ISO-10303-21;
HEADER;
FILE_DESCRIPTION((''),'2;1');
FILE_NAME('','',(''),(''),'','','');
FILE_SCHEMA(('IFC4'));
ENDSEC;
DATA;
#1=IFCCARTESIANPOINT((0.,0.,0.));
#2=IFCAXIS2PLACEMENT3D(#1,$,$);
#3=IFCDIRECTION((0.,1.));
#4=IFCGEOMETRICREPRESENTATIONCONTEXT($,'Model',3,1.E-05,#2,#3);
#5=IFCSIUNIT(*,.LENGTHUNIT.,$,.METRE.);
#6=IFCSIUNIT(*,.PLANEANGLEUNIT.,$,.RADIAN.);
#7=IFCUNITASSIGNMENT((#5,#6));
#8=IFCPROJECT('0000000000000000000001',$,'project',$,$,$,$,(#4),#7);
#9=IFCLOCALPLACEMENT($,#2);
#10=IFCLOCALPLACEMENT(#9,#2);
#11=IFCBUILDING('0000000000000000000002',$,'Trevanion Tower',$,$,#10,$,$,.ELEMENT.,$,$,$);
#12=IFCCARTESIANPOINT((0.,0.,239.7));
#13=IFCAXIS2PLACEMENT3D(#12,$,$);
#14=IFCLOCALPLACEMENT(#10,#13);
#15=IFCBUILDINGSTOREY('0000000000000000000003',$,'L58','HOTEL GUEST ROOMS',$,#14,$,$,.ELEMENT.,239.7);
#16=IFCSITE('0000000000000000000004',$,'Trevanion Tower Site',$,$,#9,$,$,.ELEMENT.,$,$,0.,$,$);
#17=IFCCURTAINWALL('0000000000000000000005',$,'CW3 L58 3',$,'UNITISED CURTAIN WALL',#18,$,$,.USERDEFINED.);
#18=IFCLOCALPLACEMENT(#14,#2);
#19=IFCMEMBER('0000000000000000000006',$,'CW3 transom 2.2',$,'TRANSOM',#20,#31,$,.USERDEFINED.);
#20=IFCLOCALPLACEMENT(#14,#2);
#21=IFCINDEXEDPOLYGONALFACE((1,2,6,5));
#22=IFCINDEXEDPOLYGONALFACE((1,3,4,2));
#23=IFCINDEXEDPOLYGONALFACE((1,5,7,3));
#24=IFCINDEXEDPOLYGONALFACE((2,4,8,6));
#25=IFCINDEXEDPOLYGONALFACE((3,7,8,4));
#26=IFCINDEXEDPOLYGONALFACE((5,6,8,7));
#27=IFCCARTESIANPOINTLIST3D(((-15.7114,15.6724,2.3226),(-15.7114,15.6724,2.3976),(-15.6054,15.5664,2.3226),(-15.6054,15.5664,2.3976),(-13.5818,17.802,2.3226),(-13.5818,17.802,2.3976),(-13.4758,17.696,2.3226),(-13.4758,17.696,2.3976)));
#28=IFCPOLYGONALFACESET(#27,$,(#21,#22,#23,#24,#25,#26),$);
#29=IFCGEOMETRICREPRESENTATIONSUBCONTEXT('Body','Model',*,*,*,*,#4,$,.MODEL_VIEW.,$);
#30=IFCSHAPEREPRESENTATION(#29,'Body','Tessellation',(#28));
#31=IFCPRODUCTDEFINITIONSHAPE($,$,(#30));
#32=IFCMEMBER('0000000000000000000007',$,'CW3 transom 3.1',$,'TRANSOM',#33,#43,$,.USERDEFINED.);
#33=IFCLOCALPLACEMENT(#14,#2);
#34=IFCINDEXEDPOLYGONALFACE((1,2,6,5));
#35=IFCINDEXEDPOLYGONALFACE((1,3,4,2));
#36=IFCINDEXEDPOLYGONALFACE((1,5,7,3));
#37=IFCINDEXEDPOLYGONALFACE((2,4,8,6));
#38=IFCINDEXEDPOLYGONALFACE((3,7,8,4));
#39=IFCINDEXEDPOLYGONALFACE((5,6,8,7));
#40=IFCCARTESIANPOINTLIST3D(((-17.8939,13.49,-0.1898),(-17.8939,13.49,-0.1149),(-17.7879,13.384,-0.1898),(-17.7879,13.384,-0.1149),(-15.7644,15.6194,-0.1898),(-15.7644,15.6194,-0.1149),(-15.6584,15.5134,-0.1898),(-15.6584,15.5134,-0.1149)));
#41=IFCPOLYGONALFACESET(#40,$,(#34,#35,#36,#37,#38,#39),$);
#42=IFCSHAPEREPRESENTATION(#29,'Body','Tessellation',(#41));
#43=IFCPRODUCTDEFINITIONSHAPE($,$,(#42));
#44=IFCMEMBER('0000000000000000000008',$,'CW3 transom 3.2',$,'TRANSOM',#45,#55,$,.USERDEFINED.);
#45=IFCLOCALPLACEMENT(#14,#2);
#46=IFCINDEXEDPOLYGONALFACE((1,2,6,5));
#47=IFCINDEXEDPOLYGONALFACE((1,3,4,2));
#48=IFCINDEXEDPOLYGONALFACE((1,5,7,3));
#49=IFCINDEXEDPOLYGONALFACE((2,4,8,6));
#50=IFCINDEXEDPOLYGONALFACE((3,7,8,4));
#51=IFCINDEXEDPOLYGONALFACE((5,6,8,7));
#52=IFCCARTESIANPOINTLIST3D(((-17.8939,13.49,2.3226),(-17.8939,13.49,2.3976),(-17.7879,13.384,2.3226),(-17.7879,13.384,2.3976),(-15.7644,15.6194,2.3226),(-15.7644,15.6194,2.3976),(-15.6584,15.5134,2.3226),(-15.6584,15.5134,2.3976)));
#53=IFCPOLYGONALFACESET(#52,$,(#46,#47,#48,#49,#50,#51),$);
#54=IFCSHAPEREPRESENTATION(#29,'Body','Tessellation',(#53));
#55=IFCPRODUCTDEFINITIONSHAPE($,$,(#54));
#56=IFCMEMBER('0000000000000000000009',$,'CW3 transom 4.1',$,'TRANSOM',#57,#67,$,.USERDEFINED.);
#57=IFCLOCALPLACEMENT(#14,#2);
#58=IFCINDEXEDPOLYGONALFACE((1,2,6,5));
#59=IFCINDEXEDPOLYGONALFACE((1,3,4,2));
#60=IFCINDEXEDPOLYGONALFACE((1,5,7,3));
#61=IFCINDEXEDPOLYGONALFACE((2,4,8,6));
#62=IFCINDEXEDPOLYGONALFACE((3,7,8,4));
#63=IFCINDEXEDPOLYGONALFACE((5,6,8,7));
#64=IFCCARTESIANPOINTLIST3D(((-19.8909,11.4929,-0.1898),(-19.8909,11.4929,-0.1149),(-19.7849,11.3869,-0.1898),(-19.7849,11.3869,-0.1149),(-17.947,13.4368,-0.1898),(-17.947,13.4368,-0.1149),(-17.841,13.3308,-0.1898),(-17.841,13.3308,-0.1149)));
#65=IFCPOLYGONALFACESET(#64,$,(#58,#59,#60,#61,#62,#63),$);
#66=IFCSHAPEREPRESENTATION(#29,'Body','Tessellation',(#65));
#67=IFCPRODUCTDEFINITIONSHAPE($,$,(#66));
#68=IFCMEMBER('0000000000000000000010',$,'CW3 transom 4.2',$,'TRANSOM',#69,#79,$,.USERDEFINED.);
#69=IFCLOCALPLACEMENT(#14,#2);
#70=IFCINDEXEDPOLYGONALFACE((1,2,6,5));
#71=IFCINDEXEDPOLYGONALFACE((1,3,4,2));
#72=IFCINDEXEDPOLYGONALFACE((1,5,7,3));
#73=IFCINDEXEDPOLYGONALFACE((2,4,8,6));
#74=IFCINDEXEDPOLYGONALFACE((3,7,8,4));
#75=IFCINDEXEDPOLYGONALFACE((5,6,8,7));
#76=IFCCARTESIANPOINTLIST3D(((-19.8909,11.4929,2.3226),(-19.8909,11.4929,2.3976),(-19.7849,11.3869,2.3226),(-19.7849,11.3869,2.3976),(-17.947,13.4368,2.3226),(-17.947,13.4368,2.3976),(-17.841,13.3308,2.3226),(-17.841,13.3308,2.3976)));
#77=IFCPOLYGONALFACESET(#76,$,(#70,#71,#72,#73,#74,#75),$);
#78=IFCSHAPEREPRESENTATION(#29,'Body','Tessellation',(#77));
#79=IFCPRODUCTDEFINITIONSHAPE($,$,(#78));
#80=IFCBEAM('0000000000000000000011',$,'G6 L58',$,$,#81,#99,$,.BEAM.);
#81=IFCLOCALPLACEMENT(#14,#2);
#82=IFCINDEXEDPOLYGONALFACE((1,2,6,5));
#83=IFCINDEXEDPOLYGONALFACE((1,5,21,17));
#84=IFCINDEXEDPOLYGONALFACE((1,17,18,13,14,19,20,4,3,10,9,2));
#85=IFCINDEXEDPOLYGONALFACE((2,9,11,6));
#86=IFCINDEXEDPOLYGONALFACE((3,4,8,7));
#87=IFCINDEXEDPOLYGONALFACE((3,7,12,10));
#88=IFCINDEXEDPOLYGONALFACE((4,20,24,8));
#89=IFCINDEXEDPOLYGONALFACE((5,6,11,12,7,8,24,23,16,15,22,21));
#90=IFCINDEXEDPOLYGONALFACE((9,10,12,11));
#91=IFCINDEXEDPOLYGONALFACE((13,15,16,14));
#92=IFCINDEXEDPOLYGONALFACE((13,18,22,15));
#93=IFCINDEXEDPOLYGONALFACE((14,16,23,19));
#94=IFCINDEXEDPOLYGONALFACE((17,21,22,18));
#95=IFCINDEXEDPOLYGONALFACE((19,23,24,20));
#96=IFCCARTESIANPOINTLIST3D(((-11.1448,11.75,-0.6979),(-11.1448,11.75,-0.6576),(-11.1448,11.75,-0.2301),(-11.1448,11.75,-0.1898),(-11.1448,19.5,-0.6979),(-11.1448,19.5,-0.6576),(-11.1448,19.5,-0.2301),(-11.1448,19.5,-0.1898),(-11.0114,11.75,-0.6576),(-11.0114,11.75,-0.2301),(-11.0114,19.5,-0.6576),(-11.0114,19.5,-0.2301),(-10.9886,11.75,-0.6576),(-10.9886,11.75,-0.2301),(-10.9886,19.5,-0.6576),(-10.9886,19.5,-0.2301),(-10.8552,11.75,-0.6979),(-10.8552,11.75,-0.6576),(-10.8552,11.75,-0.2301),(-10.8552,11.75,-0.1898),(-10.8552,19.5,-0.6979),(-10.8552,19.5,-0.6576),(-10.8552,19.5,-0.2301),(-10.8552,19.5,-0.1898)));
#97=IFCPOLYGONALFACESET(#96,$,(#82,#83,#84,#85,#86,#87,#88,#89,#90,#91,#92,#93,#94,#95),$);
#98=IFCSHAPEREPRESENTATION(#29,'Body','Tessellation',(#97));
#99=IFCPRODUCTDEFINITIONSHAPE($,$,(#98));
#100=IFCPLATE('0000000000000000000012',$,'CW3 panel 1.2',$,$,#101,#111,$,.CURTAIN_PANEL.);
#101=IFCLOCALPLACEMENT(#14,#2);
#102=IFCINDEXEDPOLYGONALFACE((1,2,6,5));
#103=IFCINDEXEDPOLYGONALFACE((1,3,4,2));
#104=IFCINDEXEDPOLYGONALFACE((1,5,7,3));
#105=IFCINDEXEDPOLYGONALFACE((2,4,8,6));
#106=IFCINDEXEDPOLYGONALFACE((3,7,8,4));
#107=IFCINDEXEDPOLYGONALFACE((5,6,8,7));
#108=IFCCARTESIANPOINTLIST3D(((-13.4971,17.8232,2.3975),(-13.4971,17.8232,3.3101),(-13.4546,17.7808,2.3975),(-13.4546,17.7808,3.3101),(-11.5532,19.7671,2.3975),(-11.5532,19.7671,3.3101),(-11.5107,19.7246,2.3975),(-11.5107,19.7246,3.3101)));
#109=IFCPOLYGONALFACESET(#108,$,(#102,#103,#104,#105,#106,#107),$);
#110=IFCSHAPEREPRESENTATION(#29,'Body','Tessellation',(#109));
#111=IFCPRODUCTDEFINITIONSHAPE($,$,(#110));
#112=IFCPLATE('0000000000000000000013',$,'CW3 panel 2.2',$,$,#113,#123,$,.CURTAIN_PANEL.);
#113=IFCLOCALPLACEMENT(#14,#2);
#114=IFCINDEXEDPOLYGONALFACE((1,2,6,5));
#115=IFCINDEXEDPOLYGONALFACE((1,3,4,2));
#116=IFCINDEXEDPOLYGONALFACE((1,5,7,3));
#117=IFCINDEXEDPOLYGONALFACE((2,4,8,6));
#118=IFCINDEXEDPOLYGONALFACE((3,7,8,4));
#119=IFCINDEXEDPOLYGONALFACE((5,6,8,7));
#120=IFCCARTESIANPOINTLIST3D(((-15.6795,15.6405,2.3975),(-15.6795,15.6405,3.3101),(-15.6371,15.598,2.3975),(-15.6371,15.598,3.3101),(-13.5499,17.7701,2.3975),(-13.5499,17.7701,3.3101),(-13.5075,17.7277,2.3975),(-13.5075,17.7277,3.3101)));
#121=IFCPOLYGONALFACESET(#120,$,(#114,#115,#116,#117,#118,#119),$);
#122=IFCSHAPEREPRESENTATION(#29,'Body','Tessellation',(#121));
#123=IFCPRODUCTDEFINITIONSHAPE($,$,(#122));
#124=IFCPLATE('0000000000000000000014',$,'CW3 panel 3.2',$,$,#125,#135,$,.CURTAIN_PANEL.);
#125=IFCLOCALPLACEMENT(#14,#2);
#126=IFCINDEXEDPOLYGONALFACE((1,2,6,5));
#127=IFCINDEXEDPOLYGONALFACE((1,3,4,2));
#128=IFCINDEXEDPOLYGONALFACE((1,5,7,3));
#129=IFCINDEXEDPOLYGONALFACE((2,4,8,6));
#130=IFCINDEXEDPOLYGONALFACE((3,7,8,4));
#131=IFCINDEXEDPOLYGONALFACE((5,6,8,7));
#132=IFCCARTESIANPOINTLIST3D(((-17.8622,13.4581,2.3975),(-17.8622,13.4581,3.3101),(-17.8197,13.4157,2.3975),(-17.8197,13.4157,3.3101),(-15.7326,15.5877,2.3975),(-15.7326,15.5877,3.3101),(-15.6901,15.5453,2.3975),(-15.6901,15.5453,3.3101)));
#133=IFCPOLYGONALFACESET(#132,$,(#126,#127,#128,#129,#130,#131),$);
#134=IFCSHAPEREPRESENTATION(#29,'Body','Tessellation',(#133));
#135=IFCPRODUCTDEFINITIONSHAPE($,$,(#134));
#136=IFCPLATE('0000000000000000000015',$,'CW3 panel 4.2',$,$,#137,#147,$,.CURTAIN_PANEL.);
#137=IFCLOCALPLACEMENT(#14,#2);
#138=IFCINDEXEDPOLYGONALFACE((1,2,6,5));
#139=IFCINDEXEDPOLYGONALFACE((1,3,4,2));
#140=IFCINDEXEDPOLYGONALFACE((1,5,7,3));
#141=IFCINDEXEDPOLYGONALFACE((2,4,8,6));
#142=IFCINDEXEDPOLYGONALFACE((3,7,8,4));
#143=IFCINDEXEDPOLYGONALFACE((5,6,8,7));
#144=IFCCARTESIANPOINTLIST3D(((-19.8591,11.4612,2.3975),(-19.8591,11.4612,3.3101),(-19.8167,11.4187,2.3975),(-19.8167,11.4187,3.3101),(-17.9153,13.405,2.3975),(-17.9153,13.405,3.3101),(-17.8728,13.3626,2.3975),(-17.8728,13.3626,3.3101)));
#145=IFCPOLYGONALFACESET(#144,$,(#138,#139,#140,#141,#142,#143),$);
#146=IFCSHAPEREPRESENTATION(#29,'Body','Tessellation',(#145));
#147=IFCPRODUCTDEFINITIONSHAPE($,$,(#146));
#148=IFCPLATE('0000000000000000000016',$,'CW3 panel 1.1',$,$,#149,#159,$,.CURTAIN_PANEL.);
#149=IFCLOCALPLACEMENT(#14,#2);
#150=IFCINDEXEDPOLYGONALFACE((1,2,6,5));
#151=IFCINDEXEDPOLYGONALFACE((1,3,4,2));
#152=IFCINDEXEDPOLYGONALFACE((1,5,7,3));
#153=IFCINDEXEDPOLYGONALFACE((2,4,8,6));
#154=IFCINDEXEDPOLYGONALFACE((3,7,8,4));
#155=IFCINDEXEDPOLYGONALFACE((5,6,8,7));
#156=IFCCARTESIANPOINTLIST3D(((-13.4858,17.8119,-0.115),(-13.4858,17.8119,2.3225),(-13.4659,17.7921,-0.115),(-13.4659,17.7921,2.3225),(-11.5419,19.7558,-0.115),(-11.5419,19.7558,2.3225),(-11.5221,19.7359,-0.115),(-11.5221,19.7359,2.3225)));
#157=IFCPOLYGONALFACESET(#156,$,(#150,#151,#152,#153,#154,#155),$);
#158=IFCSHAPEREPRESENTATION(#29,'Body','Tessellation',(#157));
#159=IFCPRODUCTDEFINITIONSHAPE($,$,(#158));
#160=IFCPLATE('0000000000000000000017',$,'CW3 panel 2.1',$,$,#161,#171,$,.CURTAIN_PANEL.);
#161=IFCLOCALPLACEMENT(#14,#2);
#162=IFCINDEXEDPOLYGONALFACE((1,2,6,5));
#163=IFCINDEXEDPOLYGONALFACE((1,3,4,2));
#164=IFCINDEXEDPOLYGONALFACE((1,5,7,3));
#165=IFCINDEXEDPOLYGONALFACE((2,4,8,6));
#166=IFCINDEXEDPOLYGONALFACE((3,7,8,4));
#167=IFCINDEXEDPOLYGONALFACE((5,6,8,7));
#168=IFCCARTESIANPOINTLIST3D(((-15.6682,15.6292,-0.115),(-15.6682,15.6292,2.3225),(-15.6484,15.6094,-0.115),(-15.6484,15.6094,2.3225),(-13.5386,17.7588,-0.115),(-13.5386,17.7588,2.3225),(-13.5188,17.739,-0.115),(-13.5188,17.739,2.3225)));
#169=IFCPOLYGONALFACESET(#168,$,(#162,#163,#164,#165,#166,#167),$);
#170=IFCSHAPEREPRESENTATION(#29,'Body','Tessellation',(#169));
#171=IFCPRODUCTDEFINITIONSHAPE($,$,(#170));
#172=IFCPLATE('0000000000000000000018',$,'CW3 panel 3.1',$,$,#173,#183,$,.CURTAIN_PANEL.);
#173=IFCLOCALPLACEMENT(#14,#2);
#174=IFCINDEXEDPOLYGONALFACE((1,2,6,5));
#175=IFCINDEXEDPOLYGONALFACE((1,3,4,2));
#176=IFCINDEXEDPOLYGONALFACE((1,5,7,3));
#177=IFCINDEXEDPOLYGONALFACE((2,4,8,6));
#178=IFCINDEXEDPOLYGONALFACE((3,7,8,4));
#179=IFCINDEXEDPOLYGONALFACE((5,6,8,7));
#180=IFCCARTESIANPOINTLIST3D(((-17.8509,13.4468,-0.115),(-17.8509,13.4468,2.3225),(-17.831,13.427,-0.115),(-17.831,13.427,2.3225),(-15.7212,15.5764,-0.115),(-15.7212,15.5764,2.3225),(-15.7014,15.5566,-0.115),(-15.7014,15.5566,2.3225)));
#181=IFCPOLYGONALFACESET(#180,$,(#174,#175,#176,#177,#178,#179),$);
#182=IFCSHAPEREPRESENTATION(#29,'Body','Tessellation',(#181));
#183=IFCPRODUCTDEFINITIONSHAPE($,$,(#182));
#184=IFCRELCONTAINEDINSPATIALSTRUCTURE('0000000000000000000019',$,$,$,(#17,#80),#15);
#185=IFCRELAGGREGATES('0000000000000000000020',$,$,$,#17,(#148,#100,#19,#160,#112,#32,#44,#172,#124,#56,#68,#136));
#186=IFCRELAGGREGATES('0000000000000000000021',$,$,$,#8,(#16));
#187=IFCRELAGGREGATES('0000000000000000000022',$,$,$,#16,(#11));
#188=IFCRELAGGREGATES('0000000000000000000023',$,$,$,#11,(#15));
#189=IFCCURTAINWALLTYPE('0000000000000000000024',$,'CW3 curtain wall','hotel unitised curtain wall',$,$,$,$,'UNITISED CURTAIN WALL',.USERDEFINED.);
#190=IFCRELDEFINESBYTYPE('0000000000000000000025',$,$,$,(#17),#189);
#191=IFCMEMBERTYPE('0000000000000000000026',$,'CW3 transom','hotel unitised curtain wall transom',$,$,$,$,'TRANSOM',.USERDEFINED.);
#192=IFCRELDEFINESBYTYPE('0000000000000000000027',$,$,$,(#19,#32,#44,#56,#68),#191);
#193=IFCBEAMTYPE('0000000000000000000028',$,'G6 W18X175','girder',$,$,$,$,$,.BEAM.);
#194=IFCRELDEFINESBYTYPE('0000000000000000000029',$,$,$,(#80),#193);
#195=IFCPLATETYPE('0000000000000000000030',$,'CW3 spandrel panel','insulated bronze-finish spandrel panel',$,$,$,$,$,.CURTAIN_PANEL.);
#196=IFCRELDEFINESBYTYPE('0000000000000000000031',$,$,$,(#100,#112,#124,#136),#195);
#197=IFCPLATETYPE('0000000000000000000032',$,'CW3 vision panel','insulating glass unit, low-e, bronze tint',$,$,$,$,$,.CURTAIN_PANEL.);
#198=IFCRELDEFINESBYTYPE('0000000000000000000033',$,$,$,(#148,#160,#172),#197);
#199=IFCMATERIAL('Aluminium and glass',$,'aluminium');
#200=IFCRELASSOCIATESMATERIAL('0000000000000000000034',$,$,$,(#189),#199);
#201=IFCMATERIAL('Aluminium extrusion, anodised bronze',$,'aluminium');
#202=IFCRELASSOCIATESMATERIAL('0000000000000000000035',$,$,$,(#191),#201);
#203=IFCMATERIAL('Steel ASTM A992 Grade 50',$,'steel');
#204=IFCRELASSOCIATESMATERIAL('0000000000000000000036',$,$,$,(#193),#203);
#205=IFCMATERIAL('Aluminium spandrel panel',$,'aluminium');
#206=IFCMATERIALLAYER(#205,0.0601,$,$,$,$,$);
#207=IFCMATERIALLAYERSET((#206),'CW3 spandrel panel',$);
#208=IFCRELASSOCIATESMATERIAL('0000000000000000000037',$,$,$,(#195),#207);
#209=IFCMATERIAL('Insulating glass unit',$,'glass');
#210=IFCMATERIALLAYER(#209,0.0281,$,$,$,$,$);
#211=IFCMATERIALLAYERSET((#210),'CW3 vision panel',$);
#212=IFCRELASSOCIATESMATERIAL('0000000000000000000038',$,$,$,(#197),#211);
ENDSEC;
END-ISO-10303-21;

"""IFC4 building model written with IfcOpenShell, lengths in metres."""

from ifc_helpers import new_model, si_unit, direction, frame, origin, origin_2d, place, context, subcontext, project, spatial, rectangle, i_section, extrude, material, layer, layer_set, material_profile, profile_set, type_object, element, aggregate, save


model = new_model("IFC4")

# Units and contexts
model_context = context("Model", 3, precision=1e-05, world=origin(), true_north=direction((0.0, 1.0)))
body_context = subcontext(model_context, "Body", "Model", "MODEL_VIEW")
ifc_project = project(units=[si_unit("LENGTHUNIT", "METRE"), si_unit("PLANEANGLEUNIT", "RADIAN")], contexts=[model_context])

# Site, building, storey
site_placement = place(None, origin())
site = spatial("IfcSite", under=ifc_project, at=site_placement, Name="Trevanion Tower Site", CompositionType="ELEMENT", RefElevation=0.0)
building_placement = place(site_placement, origin())
building = spatial("IfcBuilding", under=site, at=building_placement, Name="Trevanion Tower", CompositionType="ELEMENT")
storey_placement = place(building_placement, frame((0.0, 0.0, 239.7)))
storey = spatial("IfcBuildingStorey", under=building, at=storey_placement, Name="L58", Description="HOTEL GUEST ROOMS", CompositionType="ELEMENT", Elevation=239.7)

# Curtain wall
ifc_material_1 = material(Name="Aluminium and glass", Category="aluminium")
curtain_wall_type = type_object("IfcCurtainWallType", Name="CW3 curtain wall", Description="hotel unitised curtain wall", ElementType="UNITISED CURTAIN WALL", PredefinedType="USERDEFINED", material=ifc_material_1)
curtain_wall_1_placement = place(storey_placement, origin())
curtain_wall_1 = element("IfcCurtainWall", 1, at=curtain_wall_1_placement, inside=storey, type_object=curtain_wall_type, Name="CW3 L58 3", ObjectType="UNITISED CURTAIN WALL", PredefinedType="USERDEFINED")

# Members
ifc_material_2 = material(Name="Aluminium extrusion, anodised bronze", Category="aluminium")
ifc_material_profile_1 = material_profile(ifc_material_2, rectangle(XDim=0.1499, YDim=0.075, at=origin_2d()), Name="CW3 transom")
ifc_profile_set_1 = profile_set([ifc_material_profile_1], Name="Aluminium extrusion, anodised bronze")
member_type_1 = type_object("IfcMemberType", Name="CW3 transom", Description="hotel unitised curtain wall transom", ElementType="TRANSOM", PredefinedType="USERDEFINED", material=ifc_profile_set_1)
member_1_placement = place(storey_placement, frame((-13.5288, 17.749, 2.3601), z_axis=(-0.707107, -0.707107, 0.0), x_axis=(0.707107, -0.707107, 0.0)))
member_1 = element("IfcMember", 2, at=member_1_placement, type_object=member_type_1, Name="CW3 transom 2.2", ObjectType="TRANSOM", PredefinedType="USERDEFINED", context=body_context, shape_type="SweptSolid", body=[
    extrude(rectangle(XDim=0.1499, YDim=0.075, at=origin_2d()), origin(), (0.0, 0.0, 1.0), 3.0117),
])
member_2_placement = place(storey_placement, frame((-15.7114, 15.5664, -0.1523), z_axis=(-0.707107, -0.707107, 0.0), x_axis=(0.707107, -0.707107, 0.0)))
member_2 = element("IfcMember", 3, at=member_2_placement, type_object=member_type_1, Name="CW3 transom 3.1", ObjectType="TRANSOM", PredefinedType="USERDEFINED", context=body_context, shape_type="SweptSolid", body=[
    extrude(rectangle(XDim=0.1499, YDim=0.075, at=origin_2d()), origin(), (0.0, 0.0, 1.0), 3.0115),
])
member_3_placement = place(storey_placement, frame((-15.7114, 15.5664, 2.3601), z_axis=(-0.707107, -0.707107, 0.0), x_axis=(0.707107, -0.707107, 0.0)))
member_3 = element("IfcMember", 4, at=member_3_placement, type_object=member_type_1, Name="CW3 transom 3.2", ObjectType="TRANSOM", PredefinedType="USERDEFINED", context=body_context, shape_type="SweptSolid", body=[
    extrude(rectangle(XDim=0.1499, YDim=0.075, at=origin_2d()), origin(), (0.0, 0.0, 1.0), 3.0115),
])
member_4_placement = place(storey_placement, frame((-17.894, 13.3838, -0.1523), z_axis=(-0.707107, -0.707107, 0.0), x_axis=(0.707107, -0.707107, 0.0)))
member_4 = element("IfcMember", 5, at=member_4_placement, type_object=member_type_1, Name="CW3 transom 4.1", ObjectType="TRANSOM", PredefinedType="USERDEFINED", context=body_context, shape_type="SweptSolid", body=[
    extrude(rectangle(XDim=0.1499, YDim=0.075, at=origin_2d()), origin(), (0.0, 0.0, 1.0), 2.749),
])
member_5_placement = place(storey_placement, frame((-17.894, 13.3838, 2.3601), z_axis=(-0.707107, -0.707107, 0.0), x_axis=(0.707107, -0.707107, 0.0)))
member_5 = element("IfcMember", 6, at=member_5_placement, type_object=member_type_1, Name="CW3 transom 4.2", ObjectType="TRANSOM", PredefinedType="USERDEFINED", context=body_context, shape_type="SweptSolid", body=[
    extrude(rectangle(XDim=0.1499, YDim=0.075, at=origin_2d()), origin(), (0.0, 0.0, 1.0), 2.749),
])

# Beam
ifc_material_3 = material(Name="Steel ASTM A992 Grade 50", Category="steel")
ifc_material_profile_2 = material_profile(ifc_material_3, i_section(OverallWidth=0.2896, OverallDepth=0.5081, WebThickness=0.0227, FlangeThickness=0.0403, at=origin_2d()), Name="W18X175")
ifc_profile_set_2 = profile_set([ifc_material_profile_2], Name="Steel ASTM A992 Grade 50")
beam_type_1 = type_object("IfcBeamType", Name="G6 W18X175", Description="girder", PredefinedType="BEAM", material=ifc_profile_set_2)
beam_1_placement = place(storey_placement, frame((-11.0, 11.75, -0.4438), z_axis=(0.0, 1.0, 0.0), x_axis=(-1.0, 0.0, 0.0)))
element("IfcBeam", 7, at=beam_1_placement, inside=storey, type_object=beam_type_1, Name="G6 L58", PredefinedType="BEAM", context=body_context, shape_type="SweptSolid", body=[
    extrude(i_section(OverallWidth=0.2896, OverallDepth=0.5081, WebThickness=0.0227, FlangeThickness=0.0403, at=origin_2d()), origin(), (0.0, 0.0, 1.0), 7.75),
])

# Plates
ifc_material_4 = material(Name="Aluminium spandrel panel", Category="aluminium")
ifc_layer_1 = layer(ifc_material_4, 0.0601)
ifc_layer_set_1 = layer_set([ifc_layer_1], Name="CW3 spandrel panel")
plate_type_1 = type_object("IfcPlateType", Name="CW3 spandrel panel", Description="insulated bronze-finish spandrel panel", PredefinedType="CURTAIN_PANEL", material=ifc_layer_set_1)
plate_1_placement = place(storey_placement, frame((-12.5039, 18.7739, 2.3975), z_axis=(0.0, 0.0, 1.0), x_axis=(-0.707107, -0.707107, 0.0)))
plate_1 = element("IfcPlate", 8, at=plate_1_placement, type_object=plate_type_1, Name="CW3 panel 1.2", PredefinedType="CURTAIN_PANEL", context=body_context, shape_type="SweptSolid", body=[
    extrude(rectangle(XDim=2.749, YDim=0.0601, at=origin_2d()), origin(), (0.0, 0.0, 1.0), 0.9126),
])
plate_2_placement = place(storey_placement, frame((-14.5935, 16.6841, 2.3975), z_axis=(0.0, 0.0, 1.0), x_axis=(-0.707107, -0.707107, 0.0)))
plate_2 = element("IfcPlate", 9, at=plate_2_placement, type_object=plate_type_1, Name="CW3 panel 2.2", PredefinedType="CURTAIN_PANEL", context=body_context, shape_type="SweptSolid", body=[
    extrude(rectangle(XDim=3.0117, YDim=0.0601, at=origin_2d()), origin(), (0.0, 0.0, 1.0), 0.9126),
])
plate_3_placement = place(storey_placement, frame((-16.7761, 14.5017, 2.3975), z_axis=(0.0, 0.0, 1.0), x_axis=(-0.707107, -0.707107, 0.0)))
plate_3 = element("IfcPlate", 10, at=plate_3_placement, type_object=plate_type_1, Name="CW3 panel 3.2", PredefinedType="CURTAIN_PANEL", context=body_context, shape_type="SweptSolid", body=[
    extrude(rectangle(XDim=3.0117, YDim=0.0601, at=origin_2d()), origin(), (0.0, 0.0, 1.0), 0.9126),
])
plate_4_placement = place(storey_placement, frame((-18.866, 12.4119, 2.3975), z_axis=(0.0, 0.0, 1.0), x_axis=(-0.707107, -0.707107, 0.0)))
plate_4 = element("IfcPlate", 11, at=plate_4_placement, type_object=plate_type_1, Name="CW3 panel 4.2", PredefinedType="CURTAIN_PANEL", context=body_context, shape_type="SweptSolid", body=[
    extrude(rectangle(XDim=2.749, YDim=0.0601, at=origin_2d()), origin(), (0.0, 0.0, 1.0), 0.9126),
])
ifc_material_5 = material(Name="Insulating glass unit", Category="glass")
ifc_layer_2 = layer(ifc_material_5, 0.0281)
ifc_layer_set_2 = layer_set([ifc_layer_2], Name="CW3 vision panel")
plate_type_2 = type_object("IfcPlateType", Name="CW3 vision panel", Description="insulating glass unit, low-e, bronze tint", PredefinedType="CURTAIN_PANEL", material=ifc_layer_set_2)
plate_5_placement = place(storey_placement, frame((-12.5039, 18.7739, -0.115), z_axis=(0.0, 0.0, 1.0), x_axis=(-0.707107, -0.707107, 0.0)))
plate_5 = element("IfcPlate", 12, at=plate_5_placement, type_object=plate_type_2, Name="CW3 panel 1.1", PredefinedType="CURTAIN_PANEL", context=body_context, shape_type="SweptSolid", body=[
    extrude(rectangle(XDim=2.749, YDim=0.0281, at=origin_2d()), origin(), (0.0, 0.0, 1.0), 2.4375),
])
plate_6_placement = place(storey_placement, frame((-14.5935, 16.6841, -0.115), z_axis=(0.0, 0.0, 1.0), x_axis=(-0.707107, -0.707107, 0.0)))
plate_6 = element("IfcPlate", 13, at=plate_6_placement, type_object=plate_type_2, Name="CW3 panel 2.1", PredefinedType="CURTAIN_PANEL", context=body_context, shape_type="SweptSolid", body=[
    extrude(rectangle(XDim=3.0117, YDim=0.0281, at=origin_2d()), origin(), (0.0, 0.0, 1.0), 2.4375),
])
plate_7_placement = place(storey_placement, frame((-16.7761, 14.5017, -0.115), z_axis=(0.0, 0.0, 1.0), x_axis=(-0.707107, -0.707107, 0.0)))
plate_7 = element("IfcPlate", 14, at=plate_7_placement, type_object=plate_type_2, Name="CW3 panel 3.1", PredefinedType="CURTAIN_PANEL", context=body_context, shape_type="SweptSolid", body=[
    extrude(rectangle(XDim=3.0117, YDim=0.0281, at=origin_2d()), origin(), (0.0, 0.0, 1.0), 2.4375),
])
aggregate(curtain_wall_1, [plate_5, plate_1, member_1, plate_6, plate_2, member_2, member_3, plate_7, plate_3, member_4, member_5, plate_4])

save(model, "model.ifc")
